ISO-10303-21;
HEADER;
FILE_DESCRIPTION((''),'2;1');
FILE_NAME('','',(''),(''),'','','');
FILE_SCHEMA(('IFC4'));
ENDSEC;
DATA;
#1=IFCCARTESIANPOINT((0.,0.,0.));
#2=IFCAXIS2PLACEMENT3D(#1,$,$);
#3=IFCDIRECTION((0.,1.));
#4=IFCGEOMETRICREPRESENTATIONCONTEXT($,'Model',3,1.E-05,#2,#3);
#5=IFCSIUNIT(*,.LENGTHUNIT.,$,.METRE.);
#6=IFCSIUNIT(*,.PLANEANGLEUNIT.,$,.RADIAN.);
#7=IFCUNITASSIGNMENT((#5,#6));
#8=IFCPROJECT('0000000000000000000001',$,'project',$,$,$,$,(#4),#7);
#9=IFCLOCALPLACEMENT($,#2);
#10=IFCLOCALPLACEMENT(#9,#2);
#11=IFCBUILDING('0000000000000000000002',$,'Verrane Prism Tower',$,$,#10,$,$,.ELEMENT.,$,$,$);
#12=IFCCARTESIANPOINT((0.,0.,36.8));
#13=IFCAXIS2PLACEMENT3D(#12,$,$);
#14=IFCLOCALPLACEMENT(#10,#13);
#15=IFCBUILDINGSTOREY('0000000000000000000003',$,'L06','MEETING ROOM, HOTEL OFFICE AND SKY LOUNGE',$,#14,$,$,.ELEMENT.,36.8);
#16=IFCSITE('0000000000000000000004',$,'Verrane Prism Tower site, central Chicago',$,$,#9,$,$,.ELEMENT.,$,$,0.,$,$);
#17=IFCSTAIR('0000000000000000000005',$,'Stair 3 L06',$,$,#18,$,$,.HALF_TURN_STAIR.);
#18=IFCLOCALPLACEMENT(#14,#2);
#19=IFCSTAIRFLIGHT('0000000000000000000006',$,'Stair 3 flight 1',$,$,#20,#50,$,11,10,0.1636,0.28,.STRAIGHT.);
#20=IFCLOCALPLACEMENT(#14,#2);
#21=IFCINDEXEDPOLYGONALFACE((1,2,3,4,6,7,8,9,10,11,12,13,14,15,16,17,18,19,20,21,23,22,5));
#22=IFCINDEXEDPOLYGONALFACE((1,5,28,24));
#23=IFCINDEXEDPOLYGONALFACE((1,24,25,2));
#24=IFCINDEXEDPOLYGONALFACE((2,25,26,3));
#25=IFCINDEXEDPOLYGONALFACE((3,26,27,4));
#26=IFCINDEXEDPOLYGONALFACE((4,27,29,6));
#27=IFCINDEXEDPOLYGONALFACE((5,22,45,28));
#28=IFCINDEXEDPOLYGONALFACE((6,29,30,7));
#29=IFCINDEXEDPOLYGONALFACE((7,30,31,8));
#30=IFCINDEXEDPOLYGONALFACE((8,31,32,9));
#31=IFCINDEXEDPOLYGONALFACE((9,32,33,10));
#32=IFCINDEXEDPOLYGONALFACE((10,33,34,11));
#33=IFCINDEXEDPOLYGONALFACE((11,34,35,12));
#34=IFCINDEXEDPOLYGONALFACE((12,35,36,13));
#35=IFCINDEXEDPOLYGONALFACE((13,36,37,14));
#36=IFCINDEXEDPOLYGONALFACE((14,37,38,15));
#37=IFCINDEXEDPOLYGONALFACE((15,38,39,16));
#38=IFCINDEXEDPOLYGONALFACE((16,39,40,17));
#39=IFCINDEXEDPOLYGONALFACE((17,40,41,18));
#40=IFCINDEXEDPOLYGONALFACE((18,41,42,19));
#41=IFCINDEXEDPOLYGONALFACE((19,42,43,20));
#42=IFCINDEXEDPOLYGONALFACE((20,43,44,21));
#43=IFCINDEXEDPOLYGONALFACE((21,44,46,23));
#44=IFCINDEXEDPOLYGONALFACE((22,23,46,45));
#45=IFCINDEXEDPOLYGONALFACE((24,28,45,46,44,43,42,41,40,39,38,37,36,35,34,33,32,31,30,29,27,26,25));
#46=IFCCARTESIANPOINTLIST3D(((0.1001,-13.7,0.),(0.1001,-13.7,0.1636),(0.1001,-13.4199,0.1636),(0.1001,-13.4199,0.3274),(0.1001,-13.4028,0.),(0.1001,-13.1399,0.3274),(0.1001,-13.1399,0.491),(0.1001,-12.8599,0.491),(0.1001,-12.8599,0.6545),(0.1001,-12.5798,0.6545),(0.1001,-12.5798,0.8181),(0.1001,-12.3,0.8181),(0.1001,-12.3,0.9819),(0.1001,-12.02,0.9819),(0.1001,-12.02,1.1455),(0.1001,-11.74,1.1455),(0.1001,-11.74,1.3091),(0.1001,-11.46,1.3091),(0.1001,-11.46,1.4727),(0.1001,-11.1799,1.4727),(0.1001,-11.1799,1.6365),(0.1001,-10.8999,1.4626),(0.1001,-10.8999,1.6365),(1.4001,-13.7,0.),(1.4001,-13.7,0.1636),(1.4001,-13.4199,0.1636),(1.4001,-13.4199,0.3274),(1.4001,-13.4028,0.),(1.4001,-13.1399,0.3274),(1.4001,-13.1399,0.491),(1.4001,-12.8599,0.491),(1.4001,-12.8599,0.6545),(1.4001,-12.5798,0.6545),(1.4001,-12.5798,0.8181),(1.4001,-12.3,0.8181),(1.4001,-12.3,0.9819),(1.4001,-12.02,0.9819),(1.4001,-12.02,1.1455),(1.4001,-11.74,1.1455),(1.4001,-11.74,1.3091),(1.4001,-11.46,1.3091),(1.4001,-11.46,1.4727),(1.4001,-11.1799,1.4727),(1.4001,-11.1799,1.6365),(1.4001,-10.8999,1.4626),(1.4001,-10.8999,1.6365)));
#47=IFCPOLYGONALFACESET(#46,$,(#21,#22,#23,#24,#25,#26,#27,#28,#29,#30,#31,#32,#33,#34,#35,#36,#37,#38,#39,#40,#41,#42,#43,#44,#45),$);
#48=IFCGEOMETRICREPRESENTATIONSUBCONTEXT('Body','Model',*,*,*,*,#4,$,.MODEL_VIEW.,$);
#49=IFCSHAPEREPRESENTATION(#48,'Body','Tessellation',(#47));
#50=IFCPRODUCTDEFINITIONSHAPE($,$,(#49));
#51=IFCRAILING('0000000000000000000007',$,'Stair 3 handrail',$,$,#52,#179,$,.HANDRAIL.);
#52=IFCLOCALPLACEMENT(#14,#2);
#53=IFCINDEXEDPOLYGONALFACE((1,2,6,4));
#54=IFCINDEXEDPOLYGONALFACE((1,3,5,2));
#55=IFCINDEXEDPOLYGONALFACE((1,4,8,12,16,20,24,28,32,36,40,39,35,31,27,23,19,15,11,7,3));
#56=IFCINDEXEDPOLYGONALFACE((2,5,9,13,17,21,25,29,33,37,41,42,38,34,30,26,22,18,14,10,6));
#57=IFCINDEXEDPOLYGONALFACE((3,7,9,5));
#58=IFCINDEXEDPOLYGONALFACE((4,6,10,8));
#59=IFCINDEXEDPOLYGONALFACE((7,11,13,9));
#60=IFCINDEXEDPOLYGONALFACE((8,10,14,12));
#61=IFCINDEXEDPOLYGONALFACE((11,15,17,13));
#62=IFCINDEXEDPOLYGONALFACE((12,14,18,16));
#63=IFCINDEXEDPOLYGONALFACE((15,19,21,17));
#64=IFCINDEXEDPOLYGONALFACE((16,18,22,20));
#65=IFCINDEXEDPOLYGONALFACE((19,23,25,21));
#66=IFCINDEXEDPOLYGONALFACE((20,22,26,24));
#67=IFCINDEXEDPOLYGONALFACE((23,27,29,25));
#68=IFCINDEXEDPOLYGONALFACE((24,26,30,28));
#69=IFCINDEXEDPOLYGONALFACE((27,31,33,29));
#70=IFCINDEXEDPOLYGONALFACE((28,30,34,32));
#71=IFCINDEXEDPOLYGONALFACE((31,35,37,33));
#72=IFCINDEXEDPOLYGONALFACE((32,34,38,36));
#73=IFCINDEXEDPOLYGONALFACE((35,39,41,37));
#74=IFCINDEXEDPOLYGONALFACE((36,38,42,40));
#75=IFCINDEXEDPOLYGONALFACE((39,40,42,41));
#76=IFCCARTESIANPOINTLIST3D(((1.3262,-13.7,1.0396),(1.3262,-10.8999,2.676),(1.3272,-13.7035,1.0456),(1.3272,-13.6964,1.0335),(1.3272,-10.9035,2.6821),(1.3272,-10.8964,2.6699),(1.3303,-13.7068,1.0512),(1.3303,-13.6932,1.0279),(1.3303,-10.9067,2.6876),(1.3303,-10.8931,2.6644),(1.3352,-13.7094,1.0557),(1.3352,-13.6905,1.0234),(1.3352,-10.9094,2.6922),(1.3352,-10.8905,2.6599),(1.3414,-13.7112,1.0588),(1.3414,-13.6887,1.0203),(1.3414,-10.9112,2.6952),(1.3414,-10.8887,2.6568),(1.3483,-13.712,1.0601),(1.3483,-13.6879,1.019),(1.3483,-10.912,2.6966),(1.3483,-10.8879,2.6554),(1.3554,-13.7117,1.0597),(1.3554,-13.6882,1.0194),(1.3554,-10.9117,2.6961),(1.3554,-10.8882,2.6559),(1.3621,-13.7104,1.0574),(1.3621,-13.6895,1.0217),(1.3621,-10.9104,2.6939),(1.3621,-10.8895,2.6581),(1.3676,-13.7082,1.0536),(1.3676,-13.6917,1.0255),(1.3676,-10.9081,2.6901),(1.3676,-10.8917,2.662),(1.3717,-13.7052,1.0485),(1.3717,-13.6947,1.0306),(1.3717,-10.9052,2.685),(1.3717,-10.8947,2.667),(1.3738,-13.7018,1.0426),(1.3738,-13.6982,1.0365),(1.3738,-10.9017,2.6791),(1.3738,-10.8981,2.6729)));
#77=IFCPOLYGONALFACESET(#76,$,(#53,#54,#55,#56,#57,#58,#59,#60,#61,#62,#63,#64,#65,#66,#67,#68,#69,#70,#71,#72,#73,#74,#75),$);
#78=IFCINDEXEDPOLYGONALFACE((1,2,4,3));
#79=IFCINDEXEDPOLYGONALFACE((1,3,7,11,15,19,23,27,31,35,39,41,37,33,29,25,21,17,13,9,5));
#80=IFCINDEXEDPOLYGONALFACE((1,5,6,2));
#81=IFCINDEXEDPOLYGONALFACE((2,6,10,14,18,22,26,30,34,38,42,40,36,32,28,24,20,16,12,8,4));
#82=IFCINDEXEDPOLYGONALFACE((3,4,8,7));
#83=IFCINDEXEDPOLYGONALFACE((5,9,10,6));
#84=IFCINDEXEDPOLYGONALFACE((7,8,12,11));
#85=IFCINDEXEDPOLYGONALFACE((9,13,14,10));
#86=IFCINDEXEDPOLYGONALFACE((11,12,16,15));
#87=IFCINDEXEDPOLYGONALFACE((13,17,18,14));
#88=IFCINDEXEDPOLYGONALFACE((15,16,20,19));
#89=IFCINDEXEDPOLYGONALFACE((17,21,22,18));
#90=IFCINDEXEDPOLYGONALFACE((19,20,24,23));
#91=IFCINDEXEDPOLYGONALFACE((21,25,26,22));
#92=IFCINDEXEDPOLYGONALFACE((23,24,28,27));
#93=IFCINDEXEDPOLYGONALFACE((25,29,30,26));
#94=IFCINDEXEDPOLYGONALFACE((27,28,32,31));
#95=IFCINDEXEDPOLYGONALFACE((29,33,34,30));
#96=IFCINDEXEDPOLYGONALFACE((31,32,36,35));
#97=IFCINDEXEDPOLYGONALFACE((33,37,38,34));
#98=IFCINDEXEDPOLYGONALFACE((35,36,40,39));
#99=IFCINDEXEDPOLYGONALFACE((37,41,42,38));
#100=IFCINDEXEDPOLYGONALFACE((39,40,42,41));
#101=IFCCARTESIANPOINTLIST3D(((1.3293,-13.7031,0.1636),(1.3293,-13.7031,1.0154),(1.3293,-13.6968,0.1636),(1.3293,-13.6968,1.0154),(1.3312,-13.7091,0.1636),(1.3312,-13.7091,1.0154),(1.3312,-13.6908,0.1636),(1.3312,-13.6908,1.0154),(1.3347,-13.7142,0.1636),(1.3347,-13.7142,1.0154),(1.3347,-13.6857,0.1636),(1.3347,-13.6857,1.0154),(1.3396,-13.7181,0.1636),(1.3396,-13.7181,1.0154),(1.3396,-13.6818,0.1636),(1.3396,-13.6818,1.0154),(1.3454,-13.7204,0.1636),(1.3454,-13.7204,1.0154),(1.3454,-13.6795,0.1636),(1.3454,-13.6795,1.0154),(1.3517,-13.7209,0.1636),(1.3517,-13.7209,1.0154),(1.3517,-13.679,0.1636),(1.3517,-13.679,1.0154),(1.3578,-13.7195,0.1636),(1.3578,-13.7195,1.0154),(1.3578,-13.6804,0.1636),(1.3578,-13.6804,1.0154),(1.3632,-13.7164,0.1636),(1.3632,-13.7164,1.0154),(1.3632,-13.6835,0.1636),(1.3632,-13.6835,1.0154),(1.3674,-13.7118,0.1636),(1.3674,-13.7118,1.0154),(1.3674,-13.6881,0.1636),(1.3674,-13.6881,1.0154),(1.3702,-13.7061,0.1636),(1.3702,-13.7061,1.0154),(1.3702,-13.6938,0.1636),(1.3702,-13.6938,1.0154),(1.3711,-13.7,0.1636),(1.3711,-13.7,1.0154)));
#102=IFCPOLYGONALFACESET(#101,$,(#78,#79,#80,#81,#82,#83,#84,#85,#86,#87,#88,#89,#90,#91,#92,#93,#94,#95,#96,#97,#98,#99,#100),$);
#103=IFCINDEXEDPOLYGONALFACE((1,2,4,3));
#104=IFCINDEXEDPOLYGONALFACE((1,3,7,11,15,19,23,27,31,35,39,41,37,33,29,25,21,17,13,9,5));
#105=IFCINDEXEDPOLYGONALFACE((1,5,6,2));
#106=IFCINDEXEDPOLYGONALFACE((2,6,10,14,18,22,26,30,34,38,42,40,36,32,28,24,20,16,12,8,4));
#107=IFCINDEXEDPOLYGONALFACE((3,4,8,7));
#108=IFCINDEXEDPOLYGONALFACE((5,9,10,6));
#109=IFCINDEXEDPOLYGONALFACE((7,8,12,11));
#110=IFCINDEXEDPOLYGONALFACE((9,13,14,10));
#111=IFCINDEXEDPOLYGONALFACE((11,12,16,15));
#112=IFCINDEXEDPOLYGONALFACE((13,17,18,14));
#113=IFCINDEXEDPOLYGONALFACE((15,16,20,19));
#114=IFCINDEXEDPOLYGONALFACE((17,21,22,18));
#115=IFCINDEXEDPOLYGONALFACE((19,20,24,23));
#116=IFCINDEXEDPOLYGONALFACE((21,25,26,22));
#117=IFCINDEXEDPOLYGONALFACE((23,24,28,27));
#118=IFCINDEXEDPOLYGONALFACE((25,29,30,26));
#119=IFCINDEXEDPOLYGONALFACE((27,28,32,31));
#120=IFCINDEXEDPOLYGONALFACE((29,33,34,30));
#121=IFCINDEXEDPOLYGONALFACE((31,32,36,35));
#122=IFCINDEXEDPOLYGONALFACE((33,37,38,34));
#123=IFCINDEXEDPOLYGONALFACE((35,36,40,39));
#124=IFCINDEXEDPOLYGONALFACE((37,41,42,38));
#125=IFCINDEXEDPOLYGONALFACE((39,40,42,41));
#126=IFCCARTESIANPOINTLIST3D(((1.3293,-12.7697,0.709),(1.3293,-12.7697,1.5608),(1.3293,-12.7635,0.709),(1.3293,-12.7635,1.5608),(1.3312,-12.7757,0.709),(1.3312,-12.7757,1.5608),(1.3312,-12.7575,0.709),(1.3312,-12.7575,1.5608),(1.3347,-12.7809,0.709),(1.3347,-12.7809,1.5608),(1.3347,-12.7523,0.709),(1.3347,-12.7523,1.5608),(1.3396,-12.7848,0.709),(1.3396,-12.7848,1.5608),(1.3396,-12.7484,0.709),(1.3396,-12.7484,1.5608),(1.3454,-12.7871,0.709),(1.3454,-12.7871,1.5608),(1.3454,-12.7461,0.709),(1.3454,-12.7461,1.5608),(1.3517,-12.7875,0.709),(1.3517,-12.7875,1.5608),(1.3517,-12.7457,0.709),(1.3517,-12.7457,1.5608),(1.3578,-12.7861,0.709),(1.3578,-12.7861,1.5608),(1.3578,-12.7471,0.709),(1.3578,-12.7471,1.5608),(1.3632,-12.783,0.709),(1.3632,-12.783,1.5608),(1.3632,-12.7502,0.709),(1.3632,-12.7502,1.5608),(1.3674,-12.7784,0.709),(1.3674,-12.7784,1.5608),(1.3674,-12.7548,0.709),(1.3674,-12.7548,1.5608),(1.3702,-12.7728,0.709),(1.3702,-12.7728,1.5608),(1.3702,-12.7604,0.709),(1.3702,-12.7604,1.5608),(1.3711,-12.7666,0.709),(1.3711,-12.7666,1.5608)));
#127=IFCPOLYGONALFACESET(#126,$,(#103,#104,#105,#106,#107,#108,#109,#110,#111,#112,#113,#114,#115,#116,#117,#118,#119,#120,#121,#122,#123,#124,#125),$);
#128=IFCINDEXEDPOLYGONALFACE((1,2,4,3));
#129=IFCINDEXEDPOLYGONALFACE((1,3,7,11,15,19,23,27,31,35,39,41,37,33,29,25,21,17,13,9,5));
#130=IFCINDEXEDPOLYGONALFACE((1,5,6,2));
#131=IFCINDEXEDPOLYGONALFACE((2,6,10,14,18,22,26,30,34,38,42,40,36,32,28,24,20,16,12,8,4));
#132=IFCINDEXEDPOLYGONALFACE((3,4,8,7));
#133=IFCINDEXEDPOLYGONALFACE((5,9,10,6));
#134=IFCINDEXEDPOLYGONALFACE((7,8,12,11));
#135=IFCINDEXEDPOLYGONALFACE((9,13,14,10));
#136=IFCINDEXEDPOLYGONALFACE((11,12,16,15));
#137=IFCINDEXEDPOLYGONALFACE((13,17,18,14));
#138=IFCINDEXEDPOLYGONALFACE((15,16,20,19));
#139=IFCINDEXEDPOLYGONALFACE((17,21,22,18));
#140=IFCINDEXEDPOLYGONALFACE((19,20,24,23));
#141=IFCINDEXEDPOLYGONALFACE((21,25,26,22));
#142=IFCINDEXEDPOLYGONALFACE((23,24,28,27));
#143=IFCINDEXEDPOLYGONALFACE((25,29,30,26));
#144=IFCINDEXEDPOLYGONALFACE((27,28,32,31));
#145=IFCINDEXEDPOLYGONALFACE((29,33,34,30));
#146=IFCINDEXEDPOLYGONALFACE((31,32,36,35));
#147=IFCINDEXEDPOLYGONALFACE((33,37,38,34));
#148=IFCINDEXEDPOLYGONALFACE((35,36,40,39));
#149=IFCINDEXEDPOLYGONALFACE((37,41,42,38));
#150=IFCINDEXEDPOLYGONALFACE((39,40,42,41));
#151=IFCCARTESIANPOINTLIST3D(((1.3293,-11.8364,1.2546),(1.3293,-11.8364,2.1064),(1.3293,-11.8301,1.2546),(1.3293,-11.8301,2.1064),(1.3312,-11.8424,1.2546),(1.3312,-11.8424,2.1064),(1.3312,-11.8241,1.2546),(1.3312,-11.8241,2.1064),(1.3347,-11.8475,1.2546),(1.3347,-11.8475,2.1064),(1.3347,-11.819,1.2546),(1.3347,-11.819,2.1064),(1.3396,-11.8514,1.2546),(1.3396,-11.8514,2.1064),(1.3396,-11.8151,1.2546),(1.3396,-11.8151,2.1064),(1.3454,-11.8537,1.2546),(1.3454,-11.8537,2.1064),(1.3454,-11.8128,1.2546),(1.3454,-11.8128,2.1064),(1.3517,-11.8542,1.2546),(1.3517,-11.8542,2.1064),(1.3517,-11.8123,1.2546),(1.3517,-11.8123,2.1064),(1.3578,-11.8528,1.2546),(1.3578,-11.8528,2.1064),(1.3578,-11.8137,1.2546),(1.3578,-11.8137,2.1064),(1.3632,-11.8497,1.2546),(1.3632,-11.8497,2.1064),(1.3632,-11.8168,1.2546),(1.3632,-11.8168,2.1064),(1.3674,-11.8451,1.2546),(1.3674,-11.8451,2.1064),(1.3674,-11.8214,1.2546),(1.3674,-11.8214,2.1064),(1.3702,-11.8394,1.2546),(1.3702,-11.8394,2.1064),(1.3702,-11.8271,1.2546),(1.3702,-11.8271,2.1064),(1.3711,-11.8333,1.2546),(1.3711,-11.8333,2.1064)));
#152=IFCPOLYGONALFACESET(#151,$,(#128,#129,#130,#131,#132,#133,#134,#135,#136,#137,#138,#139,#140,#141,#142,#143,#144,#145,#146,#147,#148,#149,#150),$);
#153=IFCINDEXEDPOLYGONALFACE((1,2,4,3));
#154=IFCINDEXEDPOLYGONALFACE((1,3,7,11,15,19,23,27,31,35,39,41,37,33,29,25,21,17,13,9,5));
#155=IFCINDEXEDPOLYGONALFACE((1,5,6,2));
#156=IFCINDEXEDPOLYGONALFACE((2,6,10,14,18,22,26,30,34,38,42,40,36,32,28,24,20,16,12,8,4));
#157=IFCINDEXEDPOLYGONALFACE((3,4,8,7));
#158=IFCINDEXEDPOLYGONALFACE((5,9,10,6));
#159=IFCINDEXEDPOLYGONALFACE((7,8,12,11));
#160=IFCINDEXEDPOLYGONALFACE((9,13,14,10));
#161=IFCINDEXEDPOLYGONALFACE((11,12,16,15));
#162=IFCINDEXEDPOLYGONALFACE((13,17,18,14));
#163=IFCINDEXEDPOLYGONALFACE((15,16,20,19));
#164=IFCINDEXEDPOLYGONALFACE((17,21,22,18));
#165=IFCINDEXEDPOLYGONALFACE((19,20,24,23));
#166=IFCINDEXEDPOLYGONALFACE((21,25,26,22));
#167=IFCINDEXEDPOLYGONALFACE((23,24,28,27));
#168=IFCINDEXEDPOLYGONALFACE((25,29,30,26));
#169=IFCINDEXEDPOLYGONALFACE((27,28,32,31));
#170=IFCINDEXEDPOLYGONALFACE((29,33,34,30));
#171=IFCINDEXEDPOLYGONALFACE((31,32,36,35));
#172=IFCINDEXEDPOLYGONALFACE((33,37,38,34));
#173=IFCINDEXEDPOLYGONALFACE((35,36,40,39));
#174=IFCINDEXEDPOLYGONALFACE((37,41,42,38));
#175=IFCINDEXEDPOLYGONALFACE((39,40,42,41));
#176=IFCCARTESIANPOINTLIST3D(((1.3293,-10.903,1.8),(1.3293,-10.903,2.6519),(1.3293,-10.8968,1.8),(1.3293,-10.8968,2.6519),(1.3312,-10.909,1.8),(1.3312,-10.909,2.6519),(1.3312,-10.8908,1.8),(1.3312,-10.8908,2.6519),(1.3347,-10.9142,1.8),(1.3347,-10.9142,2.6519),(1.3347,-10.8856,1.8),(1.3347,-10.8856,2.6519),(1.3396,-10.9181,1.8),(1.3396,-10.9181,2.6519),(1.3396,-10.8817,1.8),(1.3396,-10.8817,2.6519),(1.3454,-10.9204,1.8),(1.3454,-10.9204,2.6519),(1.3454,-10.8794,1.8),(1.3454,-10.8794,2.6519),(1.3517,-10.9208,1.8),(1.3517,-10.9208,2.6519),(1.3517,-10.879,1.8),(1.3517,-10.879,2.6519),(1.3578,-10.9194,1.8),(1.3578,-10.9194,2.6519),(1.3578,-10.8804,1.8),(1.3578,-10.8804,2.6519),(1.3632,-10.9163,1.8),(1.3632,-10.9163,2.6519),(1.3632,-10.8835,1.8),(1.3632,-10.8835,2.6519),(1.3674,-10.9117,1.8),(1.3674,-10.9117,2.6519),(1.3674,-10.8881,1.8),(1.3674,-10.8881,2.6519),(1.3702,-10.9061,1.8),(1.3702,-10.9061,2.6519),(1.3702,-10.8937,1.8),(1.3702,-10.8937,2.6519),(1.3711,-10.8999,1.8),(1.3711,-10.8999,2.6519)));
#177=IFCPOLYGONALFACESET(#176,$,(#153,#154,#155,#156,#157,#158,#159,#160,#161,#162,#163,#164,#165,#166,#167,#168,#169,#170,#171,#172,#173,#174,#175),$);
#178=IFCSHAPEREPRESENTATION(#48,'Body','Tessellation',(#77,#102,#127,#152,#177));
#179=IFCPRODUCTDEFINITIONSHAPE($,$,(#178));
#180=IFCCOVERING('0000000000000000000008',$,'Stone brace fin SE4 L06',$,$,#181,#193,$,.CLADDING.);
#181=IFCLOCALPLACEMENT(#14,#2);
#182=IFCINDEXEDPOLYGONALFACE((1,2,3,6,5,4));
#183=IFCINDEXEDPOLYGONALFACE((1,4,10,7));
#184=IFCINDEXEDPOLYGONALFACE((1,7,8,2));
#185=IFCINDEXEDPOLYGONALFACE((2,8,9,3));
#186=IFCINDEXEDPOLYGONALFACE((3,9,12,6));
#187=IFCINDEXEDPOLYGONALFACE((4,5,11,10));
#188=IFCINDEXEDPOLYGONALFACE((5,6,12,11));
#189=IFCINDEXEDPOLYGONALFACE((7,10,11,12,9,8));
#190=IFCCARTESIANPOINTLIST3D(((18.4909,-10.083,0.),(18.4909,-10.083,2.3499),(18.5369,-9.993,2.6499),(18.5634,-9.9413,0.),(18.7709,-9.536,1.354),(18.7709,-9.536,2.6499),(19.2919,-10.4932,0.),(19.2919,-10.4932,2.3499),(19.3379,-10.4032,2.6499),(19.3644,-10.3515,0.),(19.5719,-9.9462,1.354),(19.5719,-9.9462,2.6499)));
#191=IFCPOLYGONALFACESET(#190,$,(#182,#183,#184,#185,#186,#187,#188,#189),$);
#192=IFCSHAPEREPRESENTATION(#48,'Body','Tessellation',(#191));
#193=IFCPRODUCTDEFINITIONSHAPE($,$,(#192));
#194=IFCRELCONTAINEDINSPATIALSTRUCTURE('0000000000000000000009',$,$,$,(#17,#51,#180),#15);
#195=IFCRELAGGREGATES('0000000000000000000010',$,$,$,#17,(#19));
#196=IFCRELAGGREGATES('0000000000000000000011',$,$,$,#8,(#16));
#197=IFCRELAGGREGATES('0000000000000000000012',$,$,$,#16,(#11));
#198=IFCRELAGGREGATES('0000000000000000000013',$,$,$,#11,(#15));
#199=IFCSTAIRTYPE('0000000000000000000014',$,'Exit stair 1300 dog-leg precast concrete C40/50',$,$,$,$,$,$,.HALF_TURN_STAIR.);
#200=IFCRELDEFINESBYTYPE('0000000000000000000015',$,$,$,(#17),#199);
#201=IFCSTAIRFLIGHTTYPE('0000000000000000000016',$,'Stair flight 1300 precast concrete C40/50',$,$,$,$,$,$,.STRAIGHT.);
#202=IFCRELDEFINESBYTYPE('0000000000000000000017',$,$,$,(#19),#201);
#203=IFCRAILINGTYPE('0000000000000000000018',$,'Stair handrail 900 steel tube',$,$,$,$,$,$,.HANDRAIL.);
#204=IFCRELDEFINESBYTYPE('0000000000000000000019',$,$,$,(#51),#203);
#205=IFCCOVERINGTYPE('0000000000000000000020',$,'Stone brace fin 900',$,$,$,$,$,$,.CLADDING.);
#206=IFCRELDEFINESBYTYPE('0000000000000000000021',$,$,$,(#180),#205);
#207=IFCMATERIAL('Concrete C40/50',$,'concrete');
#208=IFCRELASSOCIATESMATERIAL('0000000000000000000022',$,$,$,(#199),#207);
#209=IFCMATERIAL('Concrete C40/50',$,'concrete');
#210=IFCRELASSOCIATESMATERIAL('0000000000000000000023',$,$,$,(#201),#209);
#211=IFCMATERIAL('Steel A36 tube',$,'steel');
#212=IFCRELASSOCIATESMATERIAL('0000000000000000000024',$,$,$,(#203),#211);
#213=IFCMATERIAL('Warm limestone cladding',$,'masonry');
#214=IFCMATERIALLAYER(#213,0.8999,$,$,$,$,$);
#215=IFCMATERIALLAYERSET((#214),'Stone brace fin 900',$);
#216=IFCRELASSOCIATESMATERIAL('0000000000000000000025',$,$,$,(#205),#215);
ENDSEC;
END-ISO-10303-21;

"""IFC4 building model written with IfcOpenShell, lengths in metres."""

from ifc_helpers import new_model, si_unit, direction, frame, origin, origin_2d, place, context, subcontext, project, spatial, polyline, circle, outline, extrude, material, layer, layer_set, type_object, element, aggregate, save


model = new_model("IFC4")

# Units and contexts
model_context = context("Model", 3, precision=1e-05, world=origin(), true_north=direction((0.0, 1.0)))
body_context = subcontext(model_context, "Body", "Model", "MODEL_VIEW")
ifc_project = project(units=[si_unit("LENGTHUNIT", "METRE"), si_unit("PLANEANGLEUNIT", "RADIAN")], contexts=[model_context])

# Site, building, storey
site_placement = place(None, origin())
site = spatial("IfcSite", under=ifc_project, at=site_placement, Name="Verrane Prism Tower site, central Chicago", CompositionType="ELEMENT", RefElevation=0.0)
building_placement = place(site_placement, origin())
building = spatial("IfcBuilding", under=site, at=building_placement, Name="Verrane Prism Tower", CompositionType="ELEMENT")
storey_placement = place(building_placement, frame((0.0, 0.0, 36.8)))
storey = spatial("IfcBuildingStorey", under=building, at=storey_placement, Name="L06", Description="MEETING ROOM, HOTEL OFFICE AND SKY LOUNGE", CompositionType="ELEMENT", Elevation=36.8)

# Stair, stair flight
ifc_material_1 = material(Name="Concrete C40/50", Category="concrete")
stair_type = type_object("IfcStairType", Name="Exit stair 1300 dog-leg precast concrete C40/50", PredefinedType="HALF_TURN_STAIR", material=ifc_material_1)
stair_placement = place(storey_placement, origin())
stair = element("IfcStair", 1, at=stair_placement, inside=storey, type_object=stair_type, Name="Stair 3 L06", PredefinedType="HALF_TURN_STAIR")
ifc_material_2 = material(Name="Concrete C40/50", Category="concrete")
stair_flight_type = type_object("IfcStairFlightType", Name="Stair flight 1300 precast concrete C40/50", PredefinedType="STRAIGHT", material=ifc_material_2)
stair_flight_placement = place(storey_placement, frame((0.75, -13.7, 0.0), z_axis=(0.0, 0.0, 1.0), x_axis=(0.0, 1.0, 0.0)))
stair_flight = element("IfcStairFlight", 2, at=stair_flight_placement, type_object=stair_flight_type, Name="Stair 3 flight 1", NumberOfRisers=11, NumberOfTreads=10, PredefinedType="STRAIGHT", RiserHeight=0.1636, TreadLength=0.28, context=body_context, shape_type="SweptSolid", body=[
    extrude(outline(polyline([(0.0, 0.0), (0.0, 0.1636), (0.28, 0.1636), (0.28, 0.3274), (0.5601, 0.3274), (0.5601, 0.491), (0.8401, 0.491), (0.8401, 0.6545), (1.1201, 0.6545), (1.1201, 0.8181), (1.3999, 0.8181), (1.3999, 0.9819), (1.6799, 0.9819), (1.6799, 1.1455), (1.96, 1.1455), (1.96, 1.3091), (2.24, 1.3091), (2.24, 1.4727), (2.52, 1.4727), (2.52, 1.6365), (2.8, 1.6365), (2.8, 1.8), (2.8, 1.4626), (0.2971, 0.0), (0.0, 0.0)])), frame((0.0, 0.6499, 0.0), z_axis=(0.0, -1.0, 0.0), x_axis=(1.0, 0.0, 0.0)), (0.0, 0.0, 1.0), 1.3),
])
aggregate(stair, [stair_flight])

# Railing
ifc_material_3 = material(Name="Steel A36 tube", Category="steel")
railing_type_1 = type_object("IfcRailingType", Name="Stair handrail 900 steel tube", PredefinedType="HANDRAIL", material=ifc_material_3)
railing_1_placement = place(storey_placement, frame((1.3501, -13.7, 0.1636)))
element("IfcRailing", 3, at=railing_1_placement, inside=storey, type_object=railing_type_1, Name="Stair 3 handrail", PredefinedType="HANDRAIL", context=body_context, shape_type="SweptSolid", body=[
    extrude(circle(Radius=0.0239, at=origin_2d()), frame((0.0, 0.0, 0.876), z_axis=(0.0, 0.863361, 0.504587), x_axis=(-1.0, 0.0, 0.0)), (0.0, 0.0, 1.0), 3.2432),
    extrude(circle(Radius=0.021, at=origin_2d()), origin(), (0.0, 0.0, 1.0), 0.8518),
    extrude(circle(Radius=0.021, at=origin_2d()), frame((0.0, 0.9333, 0.5454)), (0.0, 0.0, 1.0), 0.8518),
    extrude(circle(Radius=0.021, at=origin_2d()), frame((0.0, 1.8667, 1.0911)), (0.0, 0.0, 1.0), 0.8518),
    extrude(circle(Radius=0.021, at=origin_2d()), frame((0.0, 2.8, 1.6365)), (0.0, 0.0, 1.0), 0.8518),
])

# Covering
ifc_material_4 = material(Name="Warm limestone cladding", Category="masonry")
ifc_layer_1 = layer(ifc_material_4, 0.8999)
ifc_layer_set_1 = layer_set([ifc_layer_1], Name="Stone brace fin 900")
covering_type = type_object("IfcCoveringType", Name="Stone brace fin 900", PredefinedType="CLADDING", material=ifc_layer_set_1)
covering_placement = place(storey_placement, frame((18.8914, -10.2881, 0.0), z_axis=(0.0, 0.0, 1.0), x_axis=(0.455776, 0.890094, 0.0)))
element("IfcCovering", 4, at=covering_placement, inside=storey, type_object=covering_type, Name="Stone brace fin SE4 L06", PredefinedType="CLADDING", context=body_context, shape_type="SweptSolid", body=[
    extrude(outline(polyline([(0.6145, 2.6499), (0.1011, 2.6499), (0.0, 2.3499), (0.0, 0.0), (0.1592, 0.0), (0.6145, 1.354), (0.6145, 2.6499)])), frame((0.0, 0.45, 0.0), z_axis=(0.0, -1.0, 0.0), x_axis=(1.0, 0.0, 0.0)), (0.0, 0.0, 1.0), 0.8999),
])

save(model, "model.ifc")
